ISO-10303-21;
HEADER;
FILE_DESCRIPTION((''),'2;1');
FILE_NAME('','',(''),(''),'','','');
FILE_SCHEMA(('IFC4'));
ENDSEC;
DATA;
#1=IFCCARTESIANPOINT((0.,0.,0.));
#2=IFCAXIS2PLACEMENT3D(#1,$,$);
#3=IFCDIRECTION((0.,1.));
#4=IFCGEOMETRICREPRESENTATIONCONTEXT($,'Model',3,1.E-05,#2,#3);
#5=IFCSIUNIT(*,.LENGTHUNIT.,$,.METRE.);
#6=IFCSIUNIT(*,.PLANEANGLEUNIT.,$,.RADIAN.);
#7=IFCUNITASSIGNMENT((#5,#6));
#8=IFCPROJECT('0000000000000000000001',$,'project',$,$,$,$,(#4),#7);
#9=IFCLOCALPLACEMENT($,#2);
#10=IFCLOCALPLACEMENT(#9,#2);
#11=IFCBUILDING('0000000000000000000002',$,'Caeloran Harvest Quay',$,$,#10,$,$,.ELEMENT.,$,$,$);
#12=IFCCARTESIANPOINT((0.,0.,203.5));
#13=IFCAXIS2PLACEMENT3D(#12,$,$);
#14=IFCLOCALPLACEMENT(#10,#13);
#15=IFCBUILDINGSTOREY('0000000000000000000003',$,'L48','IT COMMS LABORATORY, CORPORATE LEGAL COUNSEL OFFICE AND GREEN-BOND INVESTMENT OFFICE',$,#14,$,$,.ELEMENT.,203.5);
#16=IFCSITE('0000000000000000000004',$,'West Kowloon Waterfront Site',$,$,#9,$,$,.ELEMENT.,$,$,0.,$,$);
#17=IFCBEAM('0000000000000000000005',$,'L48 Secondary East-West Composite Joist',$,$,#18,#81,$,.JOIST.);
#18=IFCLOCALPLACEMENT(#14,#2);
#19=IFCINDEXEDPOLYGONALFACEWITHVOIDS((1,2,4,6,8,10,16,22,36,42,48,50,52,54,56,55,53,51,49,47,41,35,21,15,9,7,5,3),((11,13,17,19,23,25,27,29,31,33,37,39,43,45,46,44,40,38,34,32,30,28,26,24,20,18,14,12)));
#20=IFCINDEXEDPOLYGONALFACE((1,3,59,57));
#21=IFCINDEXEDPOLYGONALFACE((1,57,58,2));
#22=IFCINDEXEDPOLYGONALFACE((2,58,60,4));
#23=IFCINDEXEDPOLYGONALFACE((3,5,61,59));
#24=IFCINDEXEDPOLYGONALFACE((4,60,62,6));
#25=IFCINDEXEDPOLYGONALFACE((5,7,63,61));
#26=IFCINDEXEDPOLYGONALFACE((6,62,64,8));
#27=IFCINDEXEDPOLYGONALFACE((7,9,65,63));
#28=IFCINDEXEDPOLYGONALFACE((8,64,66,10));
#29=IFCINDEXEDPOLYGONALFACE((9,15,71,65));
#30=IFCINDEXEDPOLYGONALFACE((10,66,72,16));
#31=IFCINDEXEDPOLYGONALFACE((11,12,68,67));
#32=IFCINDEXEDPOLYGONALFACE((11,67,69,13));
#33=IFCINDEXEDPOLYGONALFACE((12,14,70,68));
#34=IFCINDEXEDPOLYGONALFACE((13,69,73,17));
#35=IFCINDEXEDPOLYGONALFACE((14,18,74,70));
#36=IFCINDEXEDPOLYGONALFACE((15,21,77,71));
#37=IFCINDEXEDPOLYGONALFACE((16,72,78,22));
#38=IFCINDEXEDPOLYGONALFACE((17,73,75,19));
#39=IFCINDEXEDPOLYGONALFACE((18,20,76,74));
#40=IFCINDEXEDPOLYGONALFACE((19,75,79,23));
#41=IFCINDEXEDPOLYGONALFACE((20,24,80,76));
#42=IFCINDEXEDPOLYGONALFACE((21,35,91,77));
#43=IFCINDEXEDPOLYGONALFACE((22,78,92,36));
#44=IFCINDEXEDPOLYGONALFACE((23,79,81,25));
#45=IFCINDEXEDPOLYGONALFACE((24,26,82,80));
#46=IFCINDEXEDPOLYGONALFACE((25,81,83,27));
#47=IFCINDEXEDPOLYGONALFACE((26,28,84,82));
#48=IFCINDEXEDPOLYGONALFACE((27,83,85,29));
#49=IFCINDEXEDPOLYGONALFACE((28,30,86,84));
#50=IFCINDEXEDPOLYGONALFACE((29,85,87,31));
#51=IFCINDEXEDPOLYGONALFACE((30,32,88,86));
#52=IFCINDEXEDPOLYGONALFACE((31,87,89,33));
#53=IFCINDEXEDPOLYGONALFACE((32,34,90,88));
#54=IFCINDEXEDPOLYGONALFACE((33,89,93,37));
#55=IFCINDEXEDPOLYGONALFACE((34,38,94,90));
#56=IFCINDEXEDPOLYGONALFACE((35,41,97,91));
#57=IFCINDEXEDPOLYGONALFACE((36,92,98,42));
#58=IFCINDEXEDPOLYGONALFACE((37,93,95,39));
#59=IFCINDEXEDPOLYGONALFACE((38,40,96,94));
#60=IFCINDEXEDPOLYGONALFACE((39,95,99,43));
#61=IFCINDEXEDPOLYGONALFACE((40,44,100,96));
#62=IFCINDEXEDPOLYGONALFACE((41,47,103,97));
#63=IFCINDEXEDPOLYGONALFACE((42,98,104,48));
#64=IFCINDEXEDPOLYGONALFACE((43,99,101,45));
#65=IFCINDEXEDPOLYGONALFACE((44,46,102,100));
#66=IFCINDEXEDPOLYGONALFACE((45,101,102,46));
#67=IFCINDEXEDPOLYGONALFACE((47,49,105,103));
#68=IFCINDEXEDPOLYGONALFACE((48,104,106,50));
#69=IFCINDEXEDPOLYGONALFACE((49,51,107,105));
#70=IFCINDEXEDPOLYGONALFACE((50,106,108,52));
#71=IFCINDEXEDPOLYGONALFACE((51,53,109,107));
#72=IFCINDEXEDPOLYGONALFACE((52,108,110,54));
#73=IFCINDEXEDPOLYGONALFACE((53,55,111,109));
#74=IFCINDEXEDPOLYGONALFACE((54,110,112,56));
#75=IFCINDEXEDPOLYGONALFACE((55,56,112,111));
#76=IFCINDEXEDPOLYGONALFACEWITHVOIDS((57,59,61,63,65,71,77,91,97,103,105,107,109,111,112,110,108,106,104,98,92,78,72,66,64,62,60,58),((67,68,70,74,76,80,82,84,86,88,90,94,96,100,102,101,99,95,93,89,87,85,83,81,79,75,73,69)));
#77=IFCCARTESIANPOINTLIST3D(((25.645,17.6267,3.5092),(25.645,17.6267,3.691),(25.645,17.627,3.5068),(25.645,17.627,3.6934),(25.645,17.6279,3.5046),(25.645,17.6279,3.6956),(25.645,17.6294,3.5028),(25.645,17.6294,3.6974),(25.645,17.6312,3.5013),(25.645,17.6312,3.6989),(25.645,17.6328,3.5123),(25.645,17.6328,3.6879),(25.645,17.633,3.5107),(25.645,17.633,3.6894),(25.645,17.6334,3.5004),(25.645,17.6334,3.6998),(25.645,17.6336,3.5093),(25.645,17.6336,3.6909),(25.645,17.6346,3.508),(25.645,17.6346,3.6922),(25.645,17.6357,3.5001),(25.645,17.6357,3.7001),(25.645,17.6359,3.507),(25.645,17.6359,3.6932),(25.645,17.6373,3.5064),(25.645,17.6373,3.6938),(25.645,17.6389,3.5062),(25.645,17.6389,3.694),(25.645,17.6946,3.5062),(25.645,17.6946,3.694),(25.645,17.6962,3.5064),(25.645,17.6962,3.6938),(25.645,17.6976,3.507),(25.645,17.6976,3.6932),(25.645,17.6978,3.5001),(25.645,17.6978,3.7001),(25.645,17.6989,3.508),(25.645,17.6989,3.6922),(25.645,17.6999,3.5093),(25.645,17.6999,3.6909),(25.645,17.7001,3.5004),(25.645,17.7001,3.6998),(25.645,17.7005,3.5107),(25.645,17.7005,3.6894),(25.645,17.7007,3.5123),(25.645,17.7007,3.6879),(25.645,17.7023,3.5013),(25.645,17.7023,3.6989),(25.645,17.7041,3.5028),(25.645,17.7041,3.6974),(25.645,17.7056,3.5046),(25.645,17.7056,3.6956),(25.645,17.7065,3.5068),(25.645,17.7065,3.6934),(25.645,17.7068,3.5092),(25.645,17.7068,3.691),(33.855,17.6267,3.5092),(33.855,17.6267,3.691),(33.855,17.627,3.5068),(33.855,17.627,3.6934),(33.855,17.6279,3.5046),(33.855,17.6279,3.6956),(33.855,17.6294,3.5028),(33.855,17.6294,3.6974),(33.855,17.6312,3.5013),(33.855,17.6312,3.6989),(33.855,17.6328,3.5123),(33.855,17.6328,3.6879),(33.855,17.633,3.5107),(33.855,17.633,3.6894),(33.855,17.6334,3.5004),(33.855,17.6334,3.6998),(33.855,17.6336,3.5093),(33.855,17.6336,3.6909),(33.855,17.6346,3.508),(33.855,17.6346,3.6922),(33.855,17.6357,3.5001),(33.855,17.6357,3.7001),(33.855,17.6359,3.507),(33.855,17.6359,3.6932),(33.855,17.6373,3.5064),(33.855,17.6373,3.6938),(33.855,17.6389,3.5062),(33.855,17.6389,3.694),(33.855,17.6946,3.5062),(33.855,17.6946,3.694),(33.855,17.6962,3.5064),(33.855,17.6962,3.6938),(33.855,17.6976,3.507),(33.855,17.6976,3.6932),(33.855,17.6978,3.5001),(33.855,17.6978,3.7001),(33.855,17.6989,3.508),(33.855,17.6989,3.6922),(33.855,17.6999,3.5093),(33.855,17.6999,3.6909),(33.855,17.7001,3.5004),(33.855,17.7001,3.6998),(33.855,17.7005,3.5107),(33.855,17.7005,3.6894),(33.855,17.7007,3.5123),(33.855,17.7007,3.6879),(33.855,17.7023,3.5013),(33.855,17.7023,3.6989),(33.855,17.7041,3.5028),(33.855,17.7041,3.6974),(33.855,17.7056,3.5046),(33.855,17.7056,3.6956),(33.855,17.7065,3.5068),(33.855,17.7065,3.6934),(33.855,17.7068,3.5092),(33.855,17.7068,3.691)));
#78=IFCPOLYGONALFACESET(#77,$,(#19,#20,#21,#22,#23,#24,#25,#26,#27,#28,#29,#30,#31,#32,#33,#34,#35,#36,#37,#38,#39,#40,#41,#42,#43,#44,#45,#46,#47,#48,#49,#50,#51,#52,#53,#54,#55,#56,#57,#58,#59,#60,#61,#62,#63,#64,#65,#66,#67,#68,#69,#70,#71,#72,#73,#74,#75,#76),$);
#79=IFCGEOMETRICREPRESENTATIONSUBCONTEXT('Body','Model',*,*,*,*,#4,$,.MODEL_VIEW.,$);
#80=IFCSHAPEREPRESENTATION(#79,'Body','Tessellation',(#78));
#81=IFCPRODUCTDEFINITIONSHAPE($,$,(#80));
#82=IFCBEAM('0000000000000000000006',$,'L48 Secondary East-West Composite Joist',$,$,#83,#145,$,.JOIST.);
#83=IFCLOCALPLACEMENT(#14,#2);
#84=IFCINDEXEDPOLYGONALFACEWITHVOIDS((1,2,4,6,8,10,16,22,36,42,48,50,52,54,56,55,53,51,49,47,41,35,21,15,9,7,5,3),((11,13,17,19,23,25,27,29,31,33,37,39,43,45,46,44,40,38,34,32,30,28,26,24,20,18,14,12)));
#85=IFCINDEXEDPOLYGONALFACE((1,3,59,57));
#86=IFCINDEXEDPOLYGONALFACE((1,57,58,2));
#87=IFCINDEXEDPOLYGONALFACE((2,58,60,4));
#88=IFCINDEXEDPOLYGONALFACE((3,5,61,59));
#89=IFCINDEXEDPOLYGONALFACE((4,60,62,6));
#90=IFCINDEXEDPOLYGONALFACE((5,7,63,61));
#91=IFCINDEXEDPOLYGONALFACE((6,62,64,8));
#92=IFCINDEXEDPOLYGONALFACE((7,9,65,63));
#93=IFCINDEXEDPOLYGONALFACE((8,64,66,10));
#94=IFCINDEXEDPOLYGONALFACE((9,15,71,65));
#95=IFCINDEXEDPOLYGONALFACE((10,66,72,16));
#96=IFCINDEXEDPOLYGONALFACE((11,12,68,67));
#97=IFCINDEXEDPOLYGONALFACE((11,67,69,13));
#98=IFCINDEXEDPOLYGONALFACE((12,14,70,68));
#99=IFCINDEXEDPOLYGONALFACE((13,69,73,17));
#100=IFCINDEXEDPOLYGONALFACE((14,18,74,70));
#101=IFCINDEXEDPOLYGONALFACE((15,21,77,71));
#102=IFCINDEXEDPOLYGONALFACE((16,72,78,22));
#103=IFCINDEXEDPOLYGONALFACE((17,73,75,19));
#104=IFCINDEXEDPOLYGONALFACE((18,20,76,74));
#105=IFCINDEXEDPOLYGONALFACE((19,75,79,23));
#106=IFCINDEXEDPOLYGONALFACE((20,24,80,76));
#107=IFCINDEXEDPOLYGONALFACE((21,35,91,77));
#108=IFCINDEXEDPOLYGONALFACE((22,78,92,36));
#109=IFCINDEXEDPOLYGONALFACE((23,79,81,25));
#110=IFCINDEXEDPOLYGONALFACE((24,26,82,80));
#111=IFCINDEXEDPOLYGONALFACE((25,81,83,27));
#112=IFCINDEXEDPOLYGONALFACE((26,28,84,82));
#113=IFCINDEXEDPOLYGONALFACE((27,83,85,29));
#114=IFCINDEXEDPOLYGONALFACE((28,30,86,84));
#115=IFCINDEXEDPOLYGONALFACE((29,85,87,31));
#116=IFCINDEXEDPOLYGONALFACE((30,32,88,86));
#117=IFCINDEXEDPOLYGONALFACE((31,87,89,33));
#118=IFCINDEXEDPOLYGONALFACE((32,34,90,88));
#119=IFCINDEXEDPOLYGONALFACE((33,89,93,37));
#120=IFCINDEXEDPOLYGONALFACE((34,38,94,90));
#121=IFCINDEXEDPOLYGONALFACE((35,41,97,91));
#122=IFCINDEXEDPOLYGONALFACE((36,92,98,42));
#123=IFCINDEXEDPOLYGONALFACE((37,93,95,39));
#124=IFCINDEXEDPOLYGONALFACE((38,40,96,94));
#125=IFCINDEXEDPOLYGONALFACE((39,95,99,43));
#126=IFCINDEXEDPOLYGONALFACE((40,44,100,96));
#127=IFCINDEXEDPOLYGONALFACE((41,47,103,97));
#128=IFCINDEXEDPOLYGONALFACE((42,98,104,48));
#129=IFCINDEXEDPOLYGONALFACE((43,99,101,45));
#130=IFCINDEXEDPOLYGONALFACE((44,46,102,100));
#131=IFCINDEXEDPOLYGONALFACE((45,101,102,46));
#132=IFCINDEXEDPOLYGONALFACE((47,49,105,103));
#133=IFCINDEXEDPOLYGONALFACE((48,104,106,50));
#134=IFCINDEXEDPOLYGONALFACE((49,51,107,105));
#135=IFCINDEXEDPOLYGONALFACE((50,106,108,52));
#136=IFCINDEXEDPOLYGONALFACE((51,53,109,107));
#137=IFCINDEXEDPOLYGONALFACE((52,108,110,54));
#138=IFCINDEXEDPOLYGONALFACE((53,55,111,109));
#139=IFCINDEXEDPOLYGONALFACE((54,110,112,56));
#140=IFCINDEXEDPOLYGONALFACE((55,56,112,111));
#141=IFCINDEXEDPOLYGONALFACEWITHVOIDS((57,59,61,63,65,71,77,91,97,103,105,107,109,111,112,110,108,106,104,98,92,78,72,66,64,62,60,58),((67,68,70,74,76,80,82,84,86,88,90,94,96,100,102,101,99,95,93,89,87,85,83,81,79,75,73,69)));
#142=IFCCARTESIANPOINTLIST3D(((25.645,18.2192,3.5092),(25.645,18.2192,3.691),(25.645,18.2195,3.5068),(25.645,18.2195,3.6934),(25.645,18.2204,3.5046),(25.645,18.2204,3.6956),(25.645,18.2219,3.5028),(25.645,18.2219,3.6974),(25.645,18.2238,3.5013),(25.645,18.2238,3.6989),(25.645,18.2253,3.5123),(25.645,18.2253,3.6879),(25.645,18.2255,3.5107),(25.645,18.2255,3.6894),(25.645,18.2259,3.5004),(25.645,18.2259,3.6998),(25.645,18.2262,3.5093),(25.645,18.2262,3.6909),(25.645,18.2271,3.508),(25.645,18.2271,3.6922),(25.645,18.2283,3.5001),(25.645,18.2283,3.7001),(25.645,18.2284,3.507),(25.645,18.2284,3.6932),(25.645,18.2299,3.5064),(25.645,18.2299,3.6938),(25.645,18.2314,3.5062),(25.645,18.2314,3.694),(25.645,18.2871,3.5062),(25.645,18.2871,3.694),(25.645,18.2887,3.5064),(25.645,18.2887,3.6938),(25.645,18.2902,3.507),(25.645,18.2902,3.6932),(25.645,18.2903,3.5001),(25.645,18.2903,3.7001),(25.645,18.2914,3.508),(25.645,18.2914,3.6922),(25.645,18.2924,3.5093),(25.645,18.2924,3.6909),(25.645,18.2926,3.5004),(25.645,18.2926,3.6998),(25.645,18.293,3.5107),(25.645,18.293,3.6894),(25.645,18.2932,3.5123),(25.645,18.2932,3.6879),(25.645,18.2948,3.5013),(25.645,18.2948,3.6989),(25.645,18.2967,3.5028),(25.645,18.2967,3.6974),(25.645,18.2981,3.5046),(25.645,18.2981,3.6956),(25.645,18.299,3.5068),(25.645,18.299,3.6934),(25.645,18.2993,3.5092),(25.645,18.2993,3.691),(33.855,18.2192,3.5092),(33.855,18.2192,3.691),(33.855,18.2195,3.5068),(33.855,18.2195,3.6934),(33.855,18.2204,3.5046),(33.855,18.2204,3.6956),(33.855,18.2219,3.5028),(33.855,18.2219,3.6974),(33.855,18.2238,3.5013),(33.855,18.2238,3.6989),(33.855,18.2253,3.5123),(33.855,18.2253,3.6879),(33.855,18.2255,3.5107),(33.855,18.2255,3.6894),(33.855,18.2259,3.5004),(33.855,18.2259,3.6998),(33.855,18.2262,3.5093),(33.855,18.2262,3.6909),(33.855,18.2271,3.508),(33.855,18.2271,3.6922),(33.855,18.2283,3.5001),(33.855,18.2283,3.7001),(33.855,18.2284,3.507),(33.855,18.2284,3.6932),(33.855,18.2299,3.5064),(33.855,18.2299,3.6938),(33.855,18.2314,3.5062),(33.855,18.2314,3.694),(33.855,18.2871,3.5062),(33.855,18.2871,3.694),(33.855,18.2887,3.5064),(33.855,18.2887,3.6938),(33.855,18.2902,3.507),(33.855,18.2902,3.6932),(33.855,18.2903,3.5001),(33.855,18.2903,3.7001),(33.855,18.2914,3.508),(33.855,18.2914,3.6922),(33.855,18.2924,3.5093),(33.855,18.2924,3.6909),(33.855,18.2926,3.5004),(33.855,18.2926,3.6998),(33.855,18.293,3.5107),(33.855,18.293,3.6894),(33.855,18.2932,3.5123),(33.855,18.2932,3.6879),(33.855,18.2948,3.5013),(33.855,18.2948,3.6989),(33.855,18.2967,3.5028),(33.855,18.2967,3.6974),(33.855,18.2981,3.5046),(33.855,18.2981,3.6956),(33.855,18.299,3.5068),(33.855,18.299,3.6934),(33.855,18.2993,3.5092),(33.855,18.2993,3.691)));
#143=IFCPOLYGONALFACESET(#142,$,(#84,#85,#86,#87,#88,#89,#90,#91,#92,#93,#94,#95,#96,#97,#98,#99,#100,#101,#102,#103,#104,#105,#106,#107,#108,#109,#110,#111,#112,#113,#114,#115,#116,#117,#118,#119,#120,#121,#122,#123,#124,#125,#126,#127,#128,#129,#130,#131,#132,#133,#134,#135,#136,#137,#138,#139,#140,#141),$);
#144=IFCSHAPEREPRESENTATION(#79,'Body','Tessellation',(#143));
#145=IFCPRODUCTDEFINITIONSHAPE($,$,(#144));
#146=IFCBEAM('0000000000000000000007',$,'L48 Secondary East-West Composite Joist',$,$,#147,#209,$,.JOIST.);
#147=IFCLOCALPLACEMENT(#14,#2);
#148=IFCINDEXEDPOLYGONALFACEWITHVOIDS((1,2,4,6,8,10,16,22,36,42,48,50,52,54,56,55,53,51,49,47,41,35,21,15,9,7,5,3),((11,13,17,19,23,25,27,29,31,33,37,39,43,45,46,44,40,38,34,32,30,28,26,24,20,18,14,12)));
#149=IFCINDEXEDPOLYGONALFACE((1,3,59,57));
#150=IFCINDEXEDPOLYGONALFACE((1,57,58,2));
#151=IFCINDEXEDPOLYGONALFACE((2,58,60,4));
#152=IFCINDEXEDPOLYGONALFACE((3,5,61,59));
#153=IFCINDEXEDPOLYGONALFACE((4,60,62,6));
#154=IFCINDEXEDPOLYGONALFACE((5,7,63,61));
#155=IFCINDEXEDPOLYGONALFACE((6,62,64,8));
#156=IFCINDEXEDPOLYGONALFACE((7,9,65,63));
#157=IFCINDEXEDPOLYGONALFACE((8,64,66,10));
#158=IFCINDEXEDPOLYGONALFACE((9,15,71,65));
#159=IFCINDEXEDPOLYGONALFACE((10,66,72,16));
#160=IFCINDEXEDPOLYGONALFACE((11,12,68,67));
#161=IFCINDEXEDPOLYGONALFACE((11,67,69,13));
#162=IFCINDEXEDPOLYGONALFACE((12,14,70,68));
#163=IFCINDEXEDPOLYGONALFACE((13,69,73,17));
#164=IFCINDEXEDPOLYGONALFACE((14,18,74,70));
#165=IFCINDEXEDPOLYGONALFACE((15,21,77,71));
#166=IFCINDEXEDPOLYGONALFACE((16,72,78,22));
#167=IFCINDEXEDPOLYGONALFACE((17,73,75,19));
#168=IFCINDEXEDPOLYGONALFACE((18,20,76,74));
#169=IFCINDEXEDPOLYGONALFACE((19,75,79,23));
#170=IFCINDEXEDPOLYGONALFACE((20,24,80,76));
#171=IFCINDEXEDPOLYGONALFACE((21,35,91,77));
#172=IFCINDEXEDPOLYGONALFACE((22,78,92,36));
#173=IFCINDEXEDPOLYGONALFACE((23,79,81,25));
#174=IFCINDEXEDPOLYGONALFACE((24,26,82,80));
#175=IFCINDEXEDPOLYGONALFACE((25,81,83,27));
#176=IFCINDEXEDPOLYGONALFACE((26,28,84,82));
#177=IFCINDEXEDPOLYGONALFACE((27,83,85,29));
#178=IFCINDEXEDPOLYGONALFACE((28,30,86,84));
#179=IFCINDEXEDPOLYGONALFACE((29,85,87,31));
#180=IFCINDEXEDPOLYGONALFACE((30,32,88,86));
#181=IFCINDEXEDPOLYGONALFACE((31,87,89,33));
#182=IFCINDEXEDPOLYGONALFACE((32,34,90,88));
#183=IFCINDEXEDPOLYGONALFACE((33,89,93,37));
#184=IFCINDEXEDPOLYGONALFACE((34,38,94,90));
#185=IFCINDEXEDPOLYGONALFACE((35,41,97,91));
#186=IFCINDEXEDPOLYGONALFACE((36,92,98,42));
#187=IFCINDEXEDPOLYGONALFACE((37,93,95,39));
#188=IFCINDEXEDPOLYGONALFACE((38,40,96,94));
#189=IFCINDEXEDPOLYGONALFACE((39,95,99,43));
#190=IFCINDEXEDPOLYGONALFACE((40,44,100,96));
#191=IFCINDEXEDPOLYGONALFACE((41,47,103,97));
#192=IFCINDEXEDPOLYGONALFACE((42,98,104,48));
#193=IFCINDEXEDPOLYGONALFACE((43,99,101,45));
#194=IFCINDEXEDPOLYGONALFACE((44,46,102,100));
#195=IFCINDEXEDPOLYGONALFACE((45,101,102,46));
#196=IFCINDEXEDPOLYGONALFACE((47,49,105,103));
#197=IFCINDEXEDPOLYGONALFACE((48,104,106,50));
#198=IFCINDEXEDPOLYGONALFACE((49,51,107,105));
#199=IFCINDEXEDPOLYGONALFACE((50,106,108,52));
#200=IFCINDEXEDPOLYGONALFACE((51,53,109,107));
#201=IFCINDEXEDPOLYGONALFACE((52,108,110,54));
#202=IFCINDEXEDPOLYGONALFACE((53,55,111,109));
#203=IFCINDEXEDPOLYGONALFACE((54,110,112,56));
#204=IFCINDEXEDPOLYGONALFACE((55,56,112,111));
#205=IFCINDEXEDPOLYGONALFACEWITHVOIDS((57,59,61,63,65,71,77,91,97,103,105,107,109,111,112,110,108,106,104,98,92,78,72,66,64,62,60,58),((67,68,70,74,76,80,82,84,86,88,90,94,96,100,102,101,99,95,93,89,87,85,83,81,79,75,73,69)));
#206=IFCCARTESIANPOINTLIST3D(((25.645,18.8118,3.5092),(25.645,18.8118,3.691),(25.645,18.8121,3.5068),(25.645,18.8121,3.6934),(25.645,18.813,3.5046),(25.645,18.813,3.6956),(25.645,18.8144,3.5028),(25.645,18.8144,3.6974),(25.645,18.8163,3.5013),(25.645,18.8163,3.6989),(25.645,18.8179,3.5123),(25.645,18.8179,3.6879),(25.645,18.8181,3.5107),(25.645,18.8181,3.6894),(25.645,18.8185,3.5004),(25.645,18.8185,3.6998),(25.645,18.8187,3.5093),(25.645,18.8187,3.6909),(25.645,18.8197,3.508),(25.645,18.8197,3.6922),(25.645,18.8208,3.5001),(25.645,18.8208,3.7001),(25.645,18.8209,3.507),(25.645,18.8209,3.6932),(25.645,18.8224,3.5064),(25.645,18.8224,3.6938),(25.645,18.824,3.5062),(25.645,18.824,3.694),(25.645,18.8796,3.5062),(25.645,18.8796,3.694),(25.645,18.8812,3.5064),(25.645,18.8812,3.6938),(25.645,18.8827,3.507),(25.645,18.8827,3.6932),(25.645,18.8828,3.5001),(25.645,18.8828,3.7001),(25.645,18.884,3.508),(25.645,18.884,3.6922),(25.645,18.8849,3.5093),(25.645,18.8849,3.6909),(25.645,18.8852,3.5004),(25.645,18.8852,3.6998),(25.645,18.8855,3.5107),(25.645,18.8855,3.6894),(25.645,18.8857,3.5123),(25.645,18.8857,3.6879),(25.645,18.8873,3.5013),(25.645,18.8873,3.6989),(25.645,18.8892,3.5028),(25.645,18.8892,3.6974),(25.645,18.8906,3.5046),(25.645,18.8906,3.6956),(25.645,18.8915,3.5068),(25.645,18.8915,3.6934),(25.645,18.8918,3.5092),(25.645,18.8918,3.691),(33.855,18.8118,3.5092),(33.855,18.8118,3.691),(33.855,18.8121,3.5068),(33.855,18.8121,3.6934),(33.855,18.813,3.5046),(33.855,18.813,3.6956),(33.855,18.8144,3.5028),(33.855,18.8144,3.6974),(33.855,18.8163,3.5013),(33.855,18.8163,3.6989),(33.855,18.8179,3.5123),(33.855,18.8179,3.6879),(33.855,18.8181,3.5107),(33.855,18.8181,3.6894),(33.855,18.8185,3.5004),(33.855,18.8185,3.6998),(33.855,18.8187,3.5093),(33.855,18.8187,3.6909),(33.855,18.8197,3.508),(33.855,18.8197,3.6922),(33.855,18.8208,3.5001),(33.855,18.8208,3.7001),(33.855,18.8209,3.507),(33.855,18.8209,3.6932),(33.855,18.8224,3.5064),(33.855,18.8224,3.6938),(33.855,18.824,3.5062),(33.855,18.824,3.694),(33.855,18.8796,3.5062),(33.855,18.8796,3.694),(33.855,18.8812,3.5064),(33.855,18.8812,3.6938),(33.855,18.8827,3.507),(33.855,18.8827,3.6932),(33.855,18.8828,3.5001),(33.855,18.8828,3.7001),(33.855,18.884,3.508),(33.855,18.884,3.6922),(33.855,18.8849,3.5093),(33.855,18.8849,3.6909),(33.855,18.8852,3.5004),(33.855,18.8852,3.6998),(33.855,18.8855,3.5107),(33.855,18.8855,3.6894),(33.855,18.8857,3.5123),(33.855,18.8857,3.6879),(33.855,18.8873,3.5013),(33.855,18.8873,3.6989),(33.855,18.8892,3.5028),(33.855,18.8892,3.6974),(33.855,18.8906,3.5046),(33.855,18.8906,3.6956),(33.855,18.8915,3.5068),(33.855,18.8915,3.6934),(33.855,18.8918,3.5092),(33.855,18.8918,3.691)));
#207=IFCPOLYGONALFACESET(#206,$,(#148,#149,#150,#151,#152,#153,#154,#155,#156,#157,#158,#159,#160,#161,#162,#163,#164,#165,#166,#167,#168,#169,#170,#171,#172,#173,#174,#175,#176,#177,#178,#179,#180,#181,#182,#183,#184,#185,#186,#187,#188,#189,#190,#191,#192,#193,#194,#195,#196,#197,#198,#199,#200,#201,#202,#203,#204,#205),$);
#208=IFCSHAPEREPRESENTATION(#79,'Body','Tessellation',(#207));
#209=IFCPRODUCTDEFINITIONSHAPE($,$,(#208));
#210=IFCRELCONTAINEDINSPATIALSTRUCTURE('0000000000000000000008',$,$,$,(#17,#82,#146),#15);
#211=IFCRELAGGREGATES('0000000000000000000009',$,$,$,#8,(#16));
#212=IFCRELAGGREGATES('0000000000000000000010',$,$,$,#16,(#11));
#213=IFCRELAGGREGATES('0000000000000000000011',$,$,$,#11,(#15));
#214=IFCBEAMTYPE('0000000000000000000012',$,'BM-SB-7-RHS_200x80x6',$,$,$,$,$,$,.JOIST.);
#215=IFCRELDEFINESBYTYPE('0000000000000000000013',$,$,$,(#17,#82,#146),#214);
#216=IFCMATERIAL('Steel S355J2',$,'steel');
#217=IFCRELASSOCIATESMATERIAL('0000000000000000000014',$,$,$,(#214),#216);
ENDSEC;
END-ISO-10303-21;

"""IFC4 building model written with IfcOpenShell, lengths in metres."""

from ifc_helpers import new_model, si_unit, direction, frame, origin, origin_2d, place, context, subcontext, project, spatial, hollow_rectangle, extrude, material, material_profile, profile_set, type_object, element, save


model = new_model("IFC4")

# Units and contexts
model_context = context("Model", 3, precision=1e-05, world=origin(), true_north=direction((0.0, 1.0)))
body_context = subcontext(model_context, "Body", "Model", "MODEL_VIEW")
ifc_project = project(units=[si_unit("LENGTHUNIT", "METRE"), si_unit("PLANEANGLEUNIT", "RADIAN")], contexts=[model_context])

# Site, building, storey
site_placement = place(None, origin())
site = spatial("IfcSite", under=ifc_project, at=site_placement, Name="West Kowloon Waterfront Site", CompositionType="ELEMENT", RefElevation=0.0)
building_placement = place(site_placement, origin())
building = spatial("IfcBuilding", under=site, at=building_placement, Name="Caeloran Harvest Quay", CompositionType="ELEMENT")
storey_placement = place(building_placement, frame((0.0, 0.0, 203.5)))
storey = spatial("IfcBuildingStorey", under=building, at=storey_placement, Name="L48", Description="IT COMMS LABORATORY, CORPORATE LEGAL COUNSEL OFFICE AND GREEN-BOND INVESTMENT OFFICE", CompositionType="ELEMENT", Elevation=203.5)

# Beams
ifc_material_1 = material(Name="Steel S355J2", Category="steel")
ifc_material_profile_1 = material_profile(ifc_material_1, hollow_rectangle(XDim=0.0801, YDim=0.2, WallThickness=0.0061, InnerFilletRadius=0.0061, OuterFilletRadius=0.009, at=origin_2d()), Name="RHS 200x80x6")
ifc_profile_set_1 = profile_set([ifc_material_profile_1], Name="Steel S355J2")
beam_type_1 = type_object("IfcBeamType", Name="BM-SB-7-RHS_200x80x6", PredefinedType="JOIST", material=ifc_profile_set_1)
for number, where, z_axis, x_axis, name in (
    (1, (25.645, 17.6667, 3.6001), (1.0, 0.0, 0.0), (0.0, 1.0, 0.0), "L48 Secondary East-West Composite Joist"),
    (2, (25.645, 18.2593, 3.6001), (1.0, 0.0, 0.0), (0.0, 1.0, 0.0), "L48 Secondary East-West Composite Joist"),
    (3, (25.645, 18.8518, 3.6001), (1.0, 0.0, 0.0), (0.0, 1.0, 0.0), "L48 Secondary East-West Composite Joist"),
):
    element("IfcBeam", number, at=place(storey_placement, frame(where, z_axis=z_axis, x_axis=x_axis)), inside=storey, type_object=beam_type_1, Name=name, PredefinedType="JOIST", context=body_context, shape_type="SweptSolid", body=[
        extrude(hollow_rectangle(XDim=0.0801, YDim=0.2, WallThickness=0.0061, InnerFilletRadius=0.0061, OuterFilletRadius=0.009, at=origin_2d()), origin(), (0.0, 0.0, 1.0), 8.21),
    ])

save(model, "model.ifc")
